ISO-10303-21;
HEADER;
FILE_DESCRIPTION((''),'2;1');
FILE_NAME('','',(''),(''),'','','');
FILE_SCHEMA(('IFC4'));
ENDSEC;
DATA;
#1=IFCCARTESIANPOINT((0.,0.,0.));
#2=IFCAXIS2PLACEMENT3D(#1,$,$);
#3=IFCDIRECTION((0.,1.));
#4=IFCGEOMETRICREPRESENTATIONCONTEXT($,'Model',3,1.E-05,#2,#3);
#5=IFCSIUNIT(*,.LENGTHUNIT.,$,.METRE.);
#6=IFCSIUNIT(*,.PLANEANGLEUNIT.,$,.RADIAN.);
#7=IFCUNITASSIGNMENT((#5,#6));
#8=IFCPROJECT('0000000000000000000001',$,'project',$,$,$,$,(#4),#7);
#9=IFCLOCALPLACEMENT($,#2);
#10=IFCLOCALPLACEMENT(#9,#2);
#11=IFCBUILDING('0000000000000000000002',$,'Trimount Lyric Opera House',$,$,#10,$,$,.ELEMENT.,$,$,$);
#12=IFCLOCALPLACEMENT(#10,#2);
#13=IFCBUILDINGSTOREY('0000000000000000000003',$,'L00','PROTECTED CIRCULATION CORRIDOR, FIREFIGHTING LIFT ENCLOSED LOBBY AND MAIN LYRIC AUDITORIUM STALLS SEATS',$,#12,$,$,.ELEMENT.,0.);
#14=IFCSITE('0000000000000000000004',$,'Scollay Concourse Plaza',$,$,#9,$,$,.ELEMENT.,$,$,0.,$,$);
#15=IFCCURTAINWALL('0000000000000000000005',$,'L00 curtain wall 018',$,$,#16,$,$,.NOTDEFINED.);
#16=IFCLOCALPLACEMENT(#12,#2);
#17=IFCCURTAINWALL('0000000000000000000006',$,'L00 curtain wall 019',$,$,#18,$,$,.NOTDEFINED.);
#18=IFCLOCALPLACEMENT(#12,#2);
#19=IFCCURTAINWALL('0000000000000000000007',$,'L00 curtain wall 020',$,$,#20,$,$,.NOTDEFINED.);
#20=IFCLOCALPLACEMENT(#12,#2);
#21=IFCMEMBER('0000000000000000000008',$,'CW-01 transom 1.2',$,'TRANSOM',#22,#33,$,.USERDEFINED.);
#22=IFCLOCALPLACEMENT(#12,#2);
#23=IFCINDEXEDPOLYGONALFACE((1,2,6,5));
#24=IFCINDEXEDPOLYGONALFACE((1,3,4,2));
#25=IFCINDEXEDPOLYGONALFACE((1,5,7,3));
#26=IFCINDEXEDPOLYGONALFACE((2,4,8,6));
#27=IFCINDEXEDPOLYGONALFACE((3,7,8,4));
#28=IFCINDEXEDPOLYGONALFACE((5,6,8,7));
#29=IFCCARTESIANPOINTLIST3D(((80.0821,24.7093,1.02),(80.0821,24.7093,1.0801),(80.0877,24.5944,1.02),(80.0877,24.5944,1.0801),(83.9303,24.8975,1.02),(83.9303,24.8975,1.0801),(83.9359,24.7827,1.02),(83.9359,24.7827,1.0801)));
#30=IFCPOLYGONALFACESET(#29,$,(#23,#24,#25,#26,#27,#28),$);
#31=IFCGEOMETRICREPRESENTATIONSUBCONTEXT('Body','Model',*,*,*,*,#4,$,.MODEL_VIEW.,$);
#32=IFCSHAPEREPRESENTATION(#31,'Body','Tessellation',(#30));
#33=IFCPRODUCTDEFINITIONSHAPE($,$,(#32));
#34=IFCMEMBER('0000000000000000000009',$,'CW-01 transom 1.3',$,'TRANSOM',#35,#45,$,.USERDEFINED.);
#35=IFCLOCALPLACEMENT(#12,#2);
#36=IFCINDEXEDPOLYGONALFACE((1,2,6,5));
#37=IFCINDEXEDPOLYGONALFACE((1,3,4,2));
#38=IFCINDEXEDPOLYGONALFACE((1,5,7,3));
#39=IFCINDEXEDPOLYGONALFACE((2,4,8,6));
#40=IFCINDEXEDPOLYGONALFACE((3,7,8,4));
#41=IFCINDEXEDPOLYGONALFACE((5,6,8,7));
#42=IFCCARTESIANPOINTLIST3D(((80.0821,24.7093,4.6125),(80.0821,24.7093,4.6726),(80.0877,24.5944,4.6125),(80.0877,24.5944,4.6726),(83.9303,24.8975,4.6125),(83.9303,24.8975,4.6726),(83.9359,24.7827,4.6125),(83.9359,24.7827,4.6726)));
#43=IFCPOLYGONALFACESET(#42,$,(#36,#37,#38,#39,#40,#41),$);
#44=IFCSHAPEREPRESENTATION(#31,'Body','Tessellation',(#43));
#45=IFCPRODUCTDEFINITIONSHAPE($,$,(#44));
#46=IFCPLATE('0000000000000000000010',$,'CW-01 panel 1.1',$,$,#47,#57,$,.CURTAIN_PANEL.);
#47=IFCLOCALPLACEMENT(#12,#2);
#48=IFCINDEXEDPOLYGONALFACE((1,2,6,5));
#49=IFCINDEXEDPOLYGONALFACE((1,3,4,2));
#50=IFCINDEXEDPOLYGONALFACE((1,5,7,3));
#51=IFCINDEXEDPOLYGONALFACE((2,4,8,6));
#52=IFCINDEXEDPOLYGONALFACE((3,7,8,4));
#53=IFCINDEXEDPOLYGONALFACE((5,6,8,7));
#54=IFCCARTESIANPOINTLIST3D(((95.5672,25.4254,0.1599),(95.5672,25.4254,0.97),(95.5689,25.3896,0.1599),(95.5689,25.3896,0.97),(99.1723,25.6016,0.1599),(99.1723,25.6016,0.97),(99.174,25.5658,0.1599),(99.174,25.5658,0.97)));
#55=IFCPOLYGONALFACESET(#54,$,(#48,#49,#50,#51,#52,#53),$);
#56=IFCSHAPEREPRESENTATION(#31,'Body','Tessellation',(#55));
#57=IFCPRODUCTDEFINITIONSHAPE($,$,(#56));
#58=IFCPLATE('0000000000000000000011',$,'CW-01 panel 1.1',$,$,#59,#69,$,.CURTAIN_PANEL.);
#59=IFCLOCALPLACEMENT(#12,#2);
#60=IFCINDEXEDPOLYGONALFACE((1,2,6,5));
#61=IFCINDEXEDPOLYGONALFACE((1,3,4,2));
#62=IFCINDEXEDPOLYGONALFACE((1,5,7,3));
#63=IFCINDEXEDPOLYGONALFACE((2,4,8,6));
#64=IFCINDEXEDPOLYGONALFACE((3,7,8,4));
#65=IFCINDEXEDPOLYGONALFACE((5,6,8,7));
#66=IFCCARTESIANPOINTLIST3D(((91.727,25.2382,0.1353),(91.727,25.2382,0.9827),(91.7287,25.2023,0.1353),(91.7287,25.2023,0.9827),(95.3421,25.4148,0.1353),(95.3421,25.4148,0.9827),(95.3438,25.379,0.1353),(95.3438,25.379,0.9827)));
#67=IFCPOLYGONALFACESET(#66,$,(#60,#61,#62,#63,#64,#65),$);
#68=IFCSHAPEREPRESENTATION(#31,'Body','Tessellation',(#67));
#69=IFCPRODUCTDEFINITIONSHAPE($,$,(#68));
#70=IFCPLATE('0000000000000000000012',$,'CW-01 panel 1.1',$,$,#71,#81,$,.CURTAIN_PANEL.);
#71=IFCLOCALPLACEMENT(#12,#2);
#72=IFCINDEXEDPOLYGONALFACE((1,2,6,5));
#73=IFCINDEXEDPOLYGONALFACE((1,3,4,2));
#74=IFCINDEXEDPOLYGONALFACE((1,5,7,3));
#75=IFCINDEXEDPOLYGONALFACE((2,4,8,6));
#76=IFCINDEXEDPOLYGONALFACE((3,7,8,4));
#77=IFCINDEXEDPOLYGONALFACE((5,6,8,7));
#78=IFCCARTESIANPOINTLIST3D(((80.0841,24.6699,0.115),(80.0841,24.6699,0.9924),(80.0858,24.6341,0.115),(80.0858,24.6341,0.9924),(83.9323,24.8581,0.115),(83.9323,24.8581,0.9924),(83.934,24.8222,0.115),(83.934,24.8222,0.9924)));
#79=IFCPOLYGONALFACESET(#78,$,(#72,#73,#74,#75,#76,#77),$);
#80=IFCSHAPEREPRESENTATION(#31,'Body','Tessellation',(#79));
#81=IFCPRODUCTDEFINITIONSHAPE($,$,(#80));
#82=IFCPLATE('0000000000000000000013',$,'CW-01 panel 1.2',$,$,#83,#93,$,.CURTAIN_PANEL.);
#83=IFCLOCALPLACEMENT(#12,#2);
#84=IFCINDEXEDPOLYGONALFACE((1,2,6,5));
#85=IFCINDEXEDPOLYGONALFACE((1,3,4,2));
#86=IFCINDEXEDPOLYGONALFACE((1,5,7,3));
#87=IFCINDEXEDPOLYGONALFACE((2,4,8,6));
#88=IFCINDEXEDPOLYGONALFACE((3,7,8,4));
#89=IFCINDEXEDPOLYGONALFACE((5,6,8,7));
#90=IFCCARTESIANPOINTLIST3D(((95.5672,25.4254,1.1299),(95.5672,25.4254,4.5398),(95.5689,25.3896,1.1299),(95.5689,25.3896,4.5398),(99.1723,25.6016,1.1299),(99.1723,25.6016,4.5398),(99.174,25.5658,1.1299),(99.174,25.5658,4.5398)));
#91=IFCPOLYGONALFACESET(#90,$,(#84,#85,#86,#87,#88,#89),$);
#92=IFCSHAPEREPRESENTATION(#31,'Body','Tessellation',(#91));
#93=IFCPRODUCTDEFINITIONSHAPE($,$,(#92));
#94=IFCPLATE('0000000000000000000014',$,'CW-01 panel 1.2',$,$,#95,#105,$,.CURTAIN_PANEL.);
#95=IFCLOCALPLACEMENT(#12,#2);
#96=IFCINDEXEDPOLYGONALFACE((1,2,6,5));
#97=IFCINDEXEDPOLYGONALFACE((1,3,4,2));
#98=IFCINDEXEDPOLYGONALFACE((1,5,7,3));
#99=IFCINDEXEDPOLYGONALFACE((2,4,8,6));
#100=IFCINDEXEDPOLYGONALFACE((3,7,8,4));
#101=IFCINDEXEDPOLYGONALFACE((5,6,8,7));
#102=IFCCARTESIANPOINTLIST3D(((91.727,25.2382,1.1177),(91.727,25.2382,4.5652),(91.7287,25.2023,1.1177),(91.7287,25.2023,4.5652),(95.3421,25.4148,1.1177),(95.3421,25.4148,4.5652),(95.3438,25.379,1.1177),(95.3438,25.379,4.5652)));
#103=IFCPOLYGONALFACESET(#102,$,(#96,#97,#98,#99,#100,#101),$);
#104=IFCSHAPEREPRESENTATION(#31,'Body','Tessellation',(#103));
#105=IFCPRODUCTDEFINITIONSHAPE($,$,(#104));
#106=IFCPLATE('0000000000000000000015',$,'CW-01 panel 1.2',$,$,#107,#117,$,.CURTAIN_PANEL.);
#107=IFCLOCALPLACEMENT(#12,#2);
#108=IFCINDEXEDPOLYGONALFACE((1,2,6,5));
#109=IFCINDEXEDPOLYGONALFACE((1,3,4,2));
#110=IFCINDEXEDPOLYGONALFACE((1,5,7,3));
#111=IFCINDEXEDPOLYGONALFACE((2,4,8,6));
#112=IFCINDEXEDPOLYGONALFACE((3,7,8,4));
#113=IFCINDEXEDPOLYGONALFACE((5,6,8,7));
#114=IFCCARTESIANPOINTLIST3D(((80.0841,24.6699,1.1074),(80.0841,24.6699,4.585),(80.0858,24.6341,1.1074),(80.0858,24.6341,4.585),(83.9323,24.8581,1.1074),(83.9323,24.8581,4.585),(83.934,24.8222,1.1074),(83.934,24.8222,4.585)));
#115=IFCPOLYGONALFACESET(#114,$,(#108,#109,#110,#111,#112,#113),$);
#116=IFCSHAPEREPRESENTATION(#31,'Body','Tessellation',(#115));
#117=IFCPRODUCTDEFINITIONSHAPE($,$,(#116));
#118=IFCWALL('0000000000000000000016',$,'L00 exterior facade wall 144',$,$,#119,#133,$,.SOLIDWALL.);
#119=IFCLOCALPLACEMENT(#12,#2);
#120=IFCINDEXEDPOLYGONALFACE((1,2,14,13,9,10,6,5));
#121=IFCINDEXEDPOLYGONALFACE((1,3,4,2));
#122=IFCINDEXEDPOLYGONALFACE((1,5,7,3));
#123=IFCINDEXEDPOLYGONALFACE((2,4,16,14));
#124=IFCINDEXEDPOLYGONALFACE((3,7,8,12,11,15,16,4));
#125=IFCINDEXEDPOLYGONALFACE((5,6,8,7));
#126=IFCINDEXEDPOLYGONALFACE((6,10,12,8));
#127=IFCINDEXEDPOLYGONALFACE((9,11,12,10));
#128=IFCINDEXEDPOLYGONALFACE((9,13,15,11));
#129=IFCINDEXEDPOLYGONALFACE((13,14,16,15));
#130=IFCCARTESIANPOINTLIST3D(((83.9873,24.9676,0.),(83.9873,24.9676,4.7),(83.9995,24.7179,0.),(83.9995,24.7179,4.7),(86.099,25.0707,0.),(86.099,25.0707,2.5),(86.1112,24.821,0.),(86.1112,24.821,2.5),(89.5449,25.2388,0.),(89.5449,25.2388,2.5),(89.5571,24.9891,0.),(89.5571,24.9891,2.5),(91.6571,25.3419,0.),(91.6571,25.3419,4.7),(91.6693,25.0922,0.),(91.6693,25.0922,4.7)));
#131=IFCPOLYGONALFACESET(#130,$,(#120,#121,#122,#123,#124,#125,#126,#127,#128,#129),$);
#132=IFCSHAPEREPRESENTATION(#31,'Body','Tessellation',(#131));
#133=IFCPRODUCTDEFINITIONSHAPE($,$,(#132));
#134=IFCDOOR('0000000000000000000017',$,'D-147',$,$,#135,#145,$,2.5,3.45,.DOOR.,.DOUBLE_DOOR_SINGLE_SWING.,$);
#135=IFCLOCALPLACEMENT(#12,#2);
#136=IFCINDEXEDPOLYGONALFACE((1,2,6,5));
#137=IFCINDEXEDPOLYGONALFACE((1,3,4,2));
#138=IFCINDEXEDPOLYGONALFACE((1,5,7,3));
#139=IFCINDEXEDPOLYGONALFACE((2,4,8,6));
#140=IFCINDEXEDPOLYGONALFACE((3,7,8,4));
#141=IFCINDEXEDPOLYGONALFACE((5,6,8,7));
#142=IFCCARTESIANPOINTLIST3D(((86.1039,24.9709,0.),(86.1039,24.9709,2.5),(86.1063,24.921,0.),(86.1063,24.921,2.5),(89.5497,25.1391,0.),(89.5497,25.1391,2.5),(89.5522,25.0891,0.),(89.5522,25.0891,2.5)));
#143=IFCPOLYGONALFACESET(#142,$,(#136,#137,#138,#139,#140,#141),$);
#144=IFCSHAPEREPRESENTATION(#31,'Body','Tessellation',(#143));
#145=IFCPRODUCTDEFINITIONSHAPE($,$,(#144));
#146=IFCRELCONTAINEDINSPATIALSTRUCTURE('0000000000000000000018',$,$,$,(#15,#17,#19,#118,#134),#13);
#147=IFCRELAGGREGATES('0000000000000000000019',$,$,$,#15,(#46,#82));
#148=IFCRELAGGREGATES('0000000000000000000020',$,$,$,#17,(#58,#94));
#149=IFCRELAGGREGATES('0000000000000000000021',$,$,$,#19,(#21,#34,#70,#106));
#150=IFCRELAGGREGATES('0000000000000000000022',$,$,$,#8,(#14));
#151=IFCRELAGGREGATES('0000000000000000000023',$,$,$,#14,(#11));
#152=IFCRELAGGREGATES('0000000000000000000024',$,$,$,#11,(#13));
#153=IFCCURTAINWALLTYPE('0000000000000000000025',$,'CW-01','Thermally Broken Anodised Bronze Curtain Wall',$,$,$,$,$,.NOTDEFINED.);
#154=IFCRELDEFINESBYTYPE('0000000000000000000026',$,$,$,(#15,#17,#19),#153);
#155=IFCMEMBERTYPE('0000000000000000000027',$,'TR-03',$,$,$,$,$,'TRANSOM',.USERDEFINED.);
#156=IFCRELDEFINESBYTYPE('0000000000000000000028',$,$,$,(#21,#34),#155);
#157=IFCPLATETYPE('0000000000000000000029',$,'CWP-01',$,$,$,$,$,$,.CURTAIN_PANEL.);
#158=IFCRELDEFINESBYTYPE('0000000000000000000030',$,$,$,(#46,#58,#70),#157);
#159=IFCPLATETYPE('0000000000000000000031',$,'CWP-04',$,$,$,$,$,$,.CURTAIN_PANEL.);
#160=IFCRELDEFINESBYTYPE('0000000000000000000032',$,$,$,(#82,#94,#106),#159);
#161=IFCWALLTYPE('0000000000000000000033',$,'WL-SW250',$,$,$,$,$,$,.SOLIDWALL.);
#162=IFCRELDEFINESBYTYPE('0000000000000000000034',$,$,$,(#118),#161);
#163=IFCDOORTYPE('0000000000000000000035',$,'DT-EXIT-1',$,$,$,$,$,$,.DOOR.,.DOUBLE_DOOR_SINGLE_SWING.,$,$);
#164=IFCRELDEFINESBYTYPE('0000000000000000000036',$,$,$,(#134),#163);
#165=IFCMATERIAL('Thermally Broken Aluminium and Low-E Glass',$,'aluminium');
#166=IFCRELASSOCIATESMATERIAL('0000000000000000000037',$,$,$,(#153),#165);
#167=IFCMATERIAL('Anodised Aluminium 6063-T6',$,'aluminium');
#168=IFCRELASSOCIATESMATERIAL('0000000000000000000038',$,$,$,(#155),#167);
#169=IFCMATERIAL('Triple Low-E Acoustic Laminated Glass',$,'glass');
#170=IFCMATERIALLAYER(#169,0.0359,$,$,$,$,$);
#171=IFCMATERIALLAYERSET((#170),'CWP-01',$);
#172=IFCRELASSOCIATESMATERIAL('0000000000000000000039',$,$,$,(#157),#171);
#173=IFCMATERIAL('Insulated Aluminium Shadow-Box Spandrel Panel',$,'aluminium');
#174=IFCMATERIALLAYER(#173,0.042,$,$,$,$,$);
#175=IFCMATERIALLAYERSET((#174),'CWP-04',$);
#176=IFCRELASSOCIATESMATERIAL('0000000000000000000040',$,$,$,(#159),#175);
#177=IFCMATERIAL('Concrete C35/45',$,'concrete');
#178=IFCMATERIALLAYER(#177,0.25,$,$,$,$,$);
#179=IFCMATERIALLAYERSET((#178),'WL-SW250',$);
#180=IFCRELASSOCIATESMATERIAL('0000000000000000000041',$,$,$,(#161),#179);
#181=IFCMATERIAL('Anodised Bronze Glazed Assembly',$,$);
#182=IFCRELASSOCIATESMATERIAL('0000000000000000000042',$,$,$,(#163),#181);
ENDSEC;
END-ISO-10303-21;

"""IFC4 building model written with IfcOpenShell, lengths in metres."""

from ifc_helpers import new_model, si_unit, direction, frame, frame_2d, origin, origin_2d, place, context, subcontext, project, spatial, rectangle, extrude, material, layer, layer_set, material_profile, profile_set, type_object, element, fill, aggregate, save


model = new_model("IFC4")

# Units and contexts
model_context = context("Model", 3, precision=1e-05, world=origin(), true_north=direction((0.0, 1.0)))
body_context = subcontext(model_context, "Body", "Model", "MODEL_VIEW")
ifc_project = project(units=[si_unit("LENGTHUNIT", "METRE"), si_unit("PLANEANGLEUNIT", "RADIAN")], contexts=[model_context])

# Site, building, storey
site_placement = place(None, origin())
site = spatial("IfcSite", under=ifc_project, at=site_placement, Name="Scollay Concourse Plaza", CompositionType="ELEMENT", RefElevation=0.0)
building_placement = place(site_placement, origin())
building = spatial("IfcBuilding", under=site, at=building_placement, Name="Trimount Lyric Opera House", CompositionType="ELEMENT")
storey_placement = place(building_placement, origin())
storey = spatial("IfcBuildingStorey", under=building, at=storey_placement, Name="L00", Description="PROTECTED CIRCULATION CORRIDOR, FIREFIGHTING LIFT ENCLOSED LOBBY AND MAIN LYRIC AUDITORIUM STALLS SEATS", CompositionType="ELEMENT", Elevation=0.0)

# Curtain wall
ifc_material_1 = material(Name="Thermally Broken Aluminium and Low-E Glass", Category="aluminium")
curtain_wall_type = type_object("IfcCurtainWallType", Name="CW-01", Description="Thermally Broken Anodised Bronze Curtain Wall", PredefinedType="NOTDEFINED", material=ifc_material_1)
curtain_wall_1_placement = place(storey_placement, origin())
curtain_wall_1 = element("IfcCurtainWall", 1, at=curtain_wall_1_placement, inside=storey, type_object=curtain_wall_type, Name="L00 curtain wall 018", PredefinedType="NOTDEFINED")

# Curtain wall
curtain_wall_2_placement = place(storey_placement, origin())
curtain_wall_2 = element("IfcCurtainWall", 2, at=curtain_wall_2_placement, inside=storey, type_object=curtain_wall_type, Name="L00 curtain wall 019", PredefinedType="NOTDEFINED")

# Curtain wall
curtain_wall_3_placement = place(storey_placement, origin())
curtain_wall_3 = element("IfcCurtainWall", 3, at=curtain_wall_3_placement, inside=storey, type_object=curtain_wall_type, Name="L00 curtain wall 020", PredefinedType="NOTDEFINED")

# Members
ifc_material_2 = material(Name="Anodised Aluminium 6063-T6", Category="aluminium")
ifc_material_profile_1 = material_profile(ifc_material_2, rectangle(XDim=0.115, YDim=0.0601, at=origin_2d()), Name="ALU-TRAN-60X115")
ifc_profile_set_1 = profile_set([ifc_material_profile_1], Name="Anodised Aluminium 6063-T6")
member_type_1 = type_object("IfcMemberType", Name="TR-03", ElementType="TRANSOM", PredefinedType="USERDEFINED", material=ifc_profile_set_1)
member_1_placement = place(storey_placement, frame((83.9331, 24.8401, 1.05), z_axis=(-0.998806, -0.048857, 0.0), x_axis=(0.048857, -0.998806, 0.0)))
member_1 = element("IfcMember", 4, at=member_1_placement, type_object=member_type_1, Name="CW-01 transom 1.2", ObjectType="TRANSOM", PredefinedType="USERDEFINED", context=body_context, shape_type="SweptSolid", body=[
    extrude(rectangle(XDim=0.115, YDim=0.0601, at=origin_2d()), origin(), (0.0, 0.0, 1.0), 3.8528),
])
member_2_placement = place(storey_placement, frame((83.9331, 24.8401, 4.6426), z_axis=(-0.998806, -0.048857, 0.0), x_axis=(0.048857, -0.998806, 0.0)))
member_2 = element("IfcMember", 5, at=member_2_placement, type_object=member_type_1, Name="CW-01 transom 1.3", ObjectType="TRANSOM", PredefinedType="USERDEFINED", context=body_context, shape_type="SweptSolid", body=[
    extrude(rectangle(XDim=0.115, YDim=0.0601, at=origin_2d()), origin(), (0.0, 0.0, 1.0), 3.8528),
])

# Plates
ifc_material_3 = material(Name="Triple Low-E Acoustic Laminated Glass", Category="glass")
ifc_layer_1 = layer(ifc_material_3, 0.0359)
ifc_layer_set_1 = layer_set([ifc_layer_1], Name="CWP-01")
plate_type_1 = type_object("IfcPlateType", Name="CWP-01", PredefinedType="CURTAIN_PANEL", material=ifc_layer_set_1)
plate_1_placement = place(storey_placement, frame((97.3706, 25.4956, 0.1599), z_axis=(0.0, 0.0, 1.0), x_axis=(-0.998808, -0.048807, 0.0)))
plate_1 = element("IfcPlate", 6, at=plate_1_placement, type_object=plate_type_1, Name="CW-01 panel 1.1", PredefinedType="CURTAIN_PANEL", context=body_context, shape_type="SweptSolid", body=[
    extrude(rectangle(XDim=3.6094, YDim=0.0359, at=origin_2d()), origin(), (0.0, 0.0, 1.0), 0.8101),
])
plate_2_placement = place(storey_placement, frame((93.5354, 25.3086, 0.1353), z_axis=(0.0, 0.0, 1.0), x_axis=(-0.998808, -0.048807, 0.0)))
plate_2 = element("IfcPlate", 7, at=plate_2_placement, type_object=plate_type_1, Name="CW-01 panel 1.1", PredefinedType="CURTAIN_PANEL", context=body_context, shape_type="SweptSolid", body=[
    extrude(rectangle(XDim=3.6194, YDim=0.0359, at=origin_2d()), origin(), (0.0, 0.0, 1.0), 0.8474),
])
plate_3_placement = place(storey_placement, frame((82.009, 24.7461, 0.115), z_axis=(0.0, 0.0, 1.0), x_axis=(-0.998807, -0.048833, 0.0)))
plate_3 = element("IfcPlate", 8, at=plate_3_placement, type_object=plate_type_1, Name="CW-01 panel 1.1", PredefinedType="CURTAIN_PANEL", context=body_context, shape_type="SweptSolid", body=[
    extrude(rectangle(XDim=3.8528, YDim=0.0359, at=origin_2d()), origin(), (0.0, 0.0, 1.0), 0.8774),
])
ifc_material_4 = material(Name="Insulated Aluminium Shadow-Box Spandrel Panel", Category="aluminium")
ifc_layer_2 = layer(ifc_material_4, 0.042)
ifc_layer_set_2 = layer_set([ifc_layer_2], Name="CWP-04")
plate_type_2 = type_object("IfcPlateType", Name="CWP-04", PredefinedType="CURTAIN_PANEL", material=ifc_layer_set_2)
plate_4_placement = place(storey_placement, frame((97.3706, 25.4956, 1.1299), z_axis=(0.0, 0.0, 1.0), x_axis=(-0.998808, -0.048807, 0.0)))
plate_4 = element("IfcPlate", 9, at=plate_4_placement, type_object=plate_type_2, Name="CW-01 panel 1.2", PredefinedType="CURTAIN_PANEL", context=body_context, shape_type="SweptSolid", body=[
    extrude(rectangle(XDim=3.6094, YDim=0.0359, at=origin_2d()), origin(), (0.0, 0.0, 1.0), 3.4099),
])
aggregate(curtain_wall_1, [plate_1, plate_4])
plate_5_placement = place(storey_placement, frame((93.5354, 25.3086, 1.1177), z_axis=(0.0, 0.0, 1.0), x_axis=(-0.998808, -0.048807, 0.0)))
plate_5 = element("IfcPlate", 10, at=plate_5_placement, type_object=plate_type_2, Name="CW-01 panel 1.2", PredefinedType="CURTAIN_PANEL", context=body_context, shape_type="SweptSolid", body=[
    extrude(rectangle(XDim=3.6194, YDim=0.0359, at=origin_2d()), origin(), (0.0, 0.0, 1.0), 3.4475),
])
aggregate(curtain_wall_2, [plate_2, plate_5])
plate_6_placement = place(storey_placement, frame((82.009, 24.7461, 1.1074), z_axis=(0.0, 0.0, 1.0), x_axis=(-0.998807, -0.048833, 0.0)))
plate_6 = element("IfcPlate", 11, at=plate_6_placement, type_object=plate_type_2, Name="CW-01 panel 1.2", PredefinedType="CURTAIN_PANEL", context=body_context, shape_type="SweptSolid", body=[
    extrude(rectangle(XDim=3.8528, YDim=0.0359, at=origin_2d()), origin(), (0.0, 0.0, 1.0), 3.4775),
])
aggregate(curtain_wall_3, [member_1, member_2, plate_3, plate_6])

# Wall, opening, door
ifc_material_5 = material(Name="Concrete C35/45", Category="concrete")
ifc_layer_3 = layer(ifc_material_5, 0.25)
ifc_layer_set_3 = layer_set([ifc_layer_3], Name="WL-SW250")
wall_type = type_object("IfcWallType", Name="WL-SW250", PredefinedType="SOLIDWALL", material=ifc_layer_set_3)
wall_placement = place(storey_placement, frame((91.6631, 25.217, 0.0), z_axis=(0.0, 0.0, 1.0), x_axis=(-0.998812, -0.048739, 0.0)))
wall = element("IfcWall", 12, at=wall_placement, inside=storey, type_object=wall_type, Name="L00 exterior facade wall 144", PredefinedType="SOLIDWALL", context=body_context, shape_type="SweptSolid", body=[
    extrude(rectangle(XDim=7.679, YDim=0.25, at=frame_2d((3.8394, 0.0))), origin(), (0.0, 0.0, 1.0), 4.7),
])
opening_placement = place(wall_placement, frame((2.1145, 0.0, 0.0)))
opening = element("IfcOpeningElement", 13, at=opening_placement, cuts=wall, PredefinedType="OPENING", context=body_context, shape_type="SweptSolid", body=[
    extrude(rectangle(XDim=3.45, YDim=2.5, at=frame_2d((1.7251, 1.25))), frame((0.0, 0.135, 0.0), z_axis=(0.0, -1.0, 0.0), x_axis=(1.0, 0.0, 0.0)), (0.0, 0.0, 1.0), 0.27),
])
ifc_material_6 = material(Name="Anodised Bronze Glazed Assembly")
door_type = type_object("IfcDoorType", Name="DT-EXIT-1", OperationType="DOUBLE_DOOR_SINGLE_SWING", PredefinedType="DOOR", material=ifc_material_6)
door_placement = place(opening_placement, origin())
door = element("IfcDoor", 14, at=door_placement, inside=storey, type_object=door_type, Name="D-147", OperationType="DOUBLE_DOOR_SINGLE_SWING", OverallHeight=2.5, OverallWidth=3.45, PredefinedType="DOOR", context=body_context, shape_type="SweptSolid", body=[
    extrude(rectangle(XDim=3.45, YDim=2.5, at=frame_2d((1.7251, 1.25))), frame((0.0, 0.0249, 0.0), z_axis=(0.0, -1.0, 0.0), x_axis=(1.0, 0.0, 0.0)), (0.0, 0.0, 1.0), 0.05),
])
fill(opening, door)

save(model, "model.ifc")
